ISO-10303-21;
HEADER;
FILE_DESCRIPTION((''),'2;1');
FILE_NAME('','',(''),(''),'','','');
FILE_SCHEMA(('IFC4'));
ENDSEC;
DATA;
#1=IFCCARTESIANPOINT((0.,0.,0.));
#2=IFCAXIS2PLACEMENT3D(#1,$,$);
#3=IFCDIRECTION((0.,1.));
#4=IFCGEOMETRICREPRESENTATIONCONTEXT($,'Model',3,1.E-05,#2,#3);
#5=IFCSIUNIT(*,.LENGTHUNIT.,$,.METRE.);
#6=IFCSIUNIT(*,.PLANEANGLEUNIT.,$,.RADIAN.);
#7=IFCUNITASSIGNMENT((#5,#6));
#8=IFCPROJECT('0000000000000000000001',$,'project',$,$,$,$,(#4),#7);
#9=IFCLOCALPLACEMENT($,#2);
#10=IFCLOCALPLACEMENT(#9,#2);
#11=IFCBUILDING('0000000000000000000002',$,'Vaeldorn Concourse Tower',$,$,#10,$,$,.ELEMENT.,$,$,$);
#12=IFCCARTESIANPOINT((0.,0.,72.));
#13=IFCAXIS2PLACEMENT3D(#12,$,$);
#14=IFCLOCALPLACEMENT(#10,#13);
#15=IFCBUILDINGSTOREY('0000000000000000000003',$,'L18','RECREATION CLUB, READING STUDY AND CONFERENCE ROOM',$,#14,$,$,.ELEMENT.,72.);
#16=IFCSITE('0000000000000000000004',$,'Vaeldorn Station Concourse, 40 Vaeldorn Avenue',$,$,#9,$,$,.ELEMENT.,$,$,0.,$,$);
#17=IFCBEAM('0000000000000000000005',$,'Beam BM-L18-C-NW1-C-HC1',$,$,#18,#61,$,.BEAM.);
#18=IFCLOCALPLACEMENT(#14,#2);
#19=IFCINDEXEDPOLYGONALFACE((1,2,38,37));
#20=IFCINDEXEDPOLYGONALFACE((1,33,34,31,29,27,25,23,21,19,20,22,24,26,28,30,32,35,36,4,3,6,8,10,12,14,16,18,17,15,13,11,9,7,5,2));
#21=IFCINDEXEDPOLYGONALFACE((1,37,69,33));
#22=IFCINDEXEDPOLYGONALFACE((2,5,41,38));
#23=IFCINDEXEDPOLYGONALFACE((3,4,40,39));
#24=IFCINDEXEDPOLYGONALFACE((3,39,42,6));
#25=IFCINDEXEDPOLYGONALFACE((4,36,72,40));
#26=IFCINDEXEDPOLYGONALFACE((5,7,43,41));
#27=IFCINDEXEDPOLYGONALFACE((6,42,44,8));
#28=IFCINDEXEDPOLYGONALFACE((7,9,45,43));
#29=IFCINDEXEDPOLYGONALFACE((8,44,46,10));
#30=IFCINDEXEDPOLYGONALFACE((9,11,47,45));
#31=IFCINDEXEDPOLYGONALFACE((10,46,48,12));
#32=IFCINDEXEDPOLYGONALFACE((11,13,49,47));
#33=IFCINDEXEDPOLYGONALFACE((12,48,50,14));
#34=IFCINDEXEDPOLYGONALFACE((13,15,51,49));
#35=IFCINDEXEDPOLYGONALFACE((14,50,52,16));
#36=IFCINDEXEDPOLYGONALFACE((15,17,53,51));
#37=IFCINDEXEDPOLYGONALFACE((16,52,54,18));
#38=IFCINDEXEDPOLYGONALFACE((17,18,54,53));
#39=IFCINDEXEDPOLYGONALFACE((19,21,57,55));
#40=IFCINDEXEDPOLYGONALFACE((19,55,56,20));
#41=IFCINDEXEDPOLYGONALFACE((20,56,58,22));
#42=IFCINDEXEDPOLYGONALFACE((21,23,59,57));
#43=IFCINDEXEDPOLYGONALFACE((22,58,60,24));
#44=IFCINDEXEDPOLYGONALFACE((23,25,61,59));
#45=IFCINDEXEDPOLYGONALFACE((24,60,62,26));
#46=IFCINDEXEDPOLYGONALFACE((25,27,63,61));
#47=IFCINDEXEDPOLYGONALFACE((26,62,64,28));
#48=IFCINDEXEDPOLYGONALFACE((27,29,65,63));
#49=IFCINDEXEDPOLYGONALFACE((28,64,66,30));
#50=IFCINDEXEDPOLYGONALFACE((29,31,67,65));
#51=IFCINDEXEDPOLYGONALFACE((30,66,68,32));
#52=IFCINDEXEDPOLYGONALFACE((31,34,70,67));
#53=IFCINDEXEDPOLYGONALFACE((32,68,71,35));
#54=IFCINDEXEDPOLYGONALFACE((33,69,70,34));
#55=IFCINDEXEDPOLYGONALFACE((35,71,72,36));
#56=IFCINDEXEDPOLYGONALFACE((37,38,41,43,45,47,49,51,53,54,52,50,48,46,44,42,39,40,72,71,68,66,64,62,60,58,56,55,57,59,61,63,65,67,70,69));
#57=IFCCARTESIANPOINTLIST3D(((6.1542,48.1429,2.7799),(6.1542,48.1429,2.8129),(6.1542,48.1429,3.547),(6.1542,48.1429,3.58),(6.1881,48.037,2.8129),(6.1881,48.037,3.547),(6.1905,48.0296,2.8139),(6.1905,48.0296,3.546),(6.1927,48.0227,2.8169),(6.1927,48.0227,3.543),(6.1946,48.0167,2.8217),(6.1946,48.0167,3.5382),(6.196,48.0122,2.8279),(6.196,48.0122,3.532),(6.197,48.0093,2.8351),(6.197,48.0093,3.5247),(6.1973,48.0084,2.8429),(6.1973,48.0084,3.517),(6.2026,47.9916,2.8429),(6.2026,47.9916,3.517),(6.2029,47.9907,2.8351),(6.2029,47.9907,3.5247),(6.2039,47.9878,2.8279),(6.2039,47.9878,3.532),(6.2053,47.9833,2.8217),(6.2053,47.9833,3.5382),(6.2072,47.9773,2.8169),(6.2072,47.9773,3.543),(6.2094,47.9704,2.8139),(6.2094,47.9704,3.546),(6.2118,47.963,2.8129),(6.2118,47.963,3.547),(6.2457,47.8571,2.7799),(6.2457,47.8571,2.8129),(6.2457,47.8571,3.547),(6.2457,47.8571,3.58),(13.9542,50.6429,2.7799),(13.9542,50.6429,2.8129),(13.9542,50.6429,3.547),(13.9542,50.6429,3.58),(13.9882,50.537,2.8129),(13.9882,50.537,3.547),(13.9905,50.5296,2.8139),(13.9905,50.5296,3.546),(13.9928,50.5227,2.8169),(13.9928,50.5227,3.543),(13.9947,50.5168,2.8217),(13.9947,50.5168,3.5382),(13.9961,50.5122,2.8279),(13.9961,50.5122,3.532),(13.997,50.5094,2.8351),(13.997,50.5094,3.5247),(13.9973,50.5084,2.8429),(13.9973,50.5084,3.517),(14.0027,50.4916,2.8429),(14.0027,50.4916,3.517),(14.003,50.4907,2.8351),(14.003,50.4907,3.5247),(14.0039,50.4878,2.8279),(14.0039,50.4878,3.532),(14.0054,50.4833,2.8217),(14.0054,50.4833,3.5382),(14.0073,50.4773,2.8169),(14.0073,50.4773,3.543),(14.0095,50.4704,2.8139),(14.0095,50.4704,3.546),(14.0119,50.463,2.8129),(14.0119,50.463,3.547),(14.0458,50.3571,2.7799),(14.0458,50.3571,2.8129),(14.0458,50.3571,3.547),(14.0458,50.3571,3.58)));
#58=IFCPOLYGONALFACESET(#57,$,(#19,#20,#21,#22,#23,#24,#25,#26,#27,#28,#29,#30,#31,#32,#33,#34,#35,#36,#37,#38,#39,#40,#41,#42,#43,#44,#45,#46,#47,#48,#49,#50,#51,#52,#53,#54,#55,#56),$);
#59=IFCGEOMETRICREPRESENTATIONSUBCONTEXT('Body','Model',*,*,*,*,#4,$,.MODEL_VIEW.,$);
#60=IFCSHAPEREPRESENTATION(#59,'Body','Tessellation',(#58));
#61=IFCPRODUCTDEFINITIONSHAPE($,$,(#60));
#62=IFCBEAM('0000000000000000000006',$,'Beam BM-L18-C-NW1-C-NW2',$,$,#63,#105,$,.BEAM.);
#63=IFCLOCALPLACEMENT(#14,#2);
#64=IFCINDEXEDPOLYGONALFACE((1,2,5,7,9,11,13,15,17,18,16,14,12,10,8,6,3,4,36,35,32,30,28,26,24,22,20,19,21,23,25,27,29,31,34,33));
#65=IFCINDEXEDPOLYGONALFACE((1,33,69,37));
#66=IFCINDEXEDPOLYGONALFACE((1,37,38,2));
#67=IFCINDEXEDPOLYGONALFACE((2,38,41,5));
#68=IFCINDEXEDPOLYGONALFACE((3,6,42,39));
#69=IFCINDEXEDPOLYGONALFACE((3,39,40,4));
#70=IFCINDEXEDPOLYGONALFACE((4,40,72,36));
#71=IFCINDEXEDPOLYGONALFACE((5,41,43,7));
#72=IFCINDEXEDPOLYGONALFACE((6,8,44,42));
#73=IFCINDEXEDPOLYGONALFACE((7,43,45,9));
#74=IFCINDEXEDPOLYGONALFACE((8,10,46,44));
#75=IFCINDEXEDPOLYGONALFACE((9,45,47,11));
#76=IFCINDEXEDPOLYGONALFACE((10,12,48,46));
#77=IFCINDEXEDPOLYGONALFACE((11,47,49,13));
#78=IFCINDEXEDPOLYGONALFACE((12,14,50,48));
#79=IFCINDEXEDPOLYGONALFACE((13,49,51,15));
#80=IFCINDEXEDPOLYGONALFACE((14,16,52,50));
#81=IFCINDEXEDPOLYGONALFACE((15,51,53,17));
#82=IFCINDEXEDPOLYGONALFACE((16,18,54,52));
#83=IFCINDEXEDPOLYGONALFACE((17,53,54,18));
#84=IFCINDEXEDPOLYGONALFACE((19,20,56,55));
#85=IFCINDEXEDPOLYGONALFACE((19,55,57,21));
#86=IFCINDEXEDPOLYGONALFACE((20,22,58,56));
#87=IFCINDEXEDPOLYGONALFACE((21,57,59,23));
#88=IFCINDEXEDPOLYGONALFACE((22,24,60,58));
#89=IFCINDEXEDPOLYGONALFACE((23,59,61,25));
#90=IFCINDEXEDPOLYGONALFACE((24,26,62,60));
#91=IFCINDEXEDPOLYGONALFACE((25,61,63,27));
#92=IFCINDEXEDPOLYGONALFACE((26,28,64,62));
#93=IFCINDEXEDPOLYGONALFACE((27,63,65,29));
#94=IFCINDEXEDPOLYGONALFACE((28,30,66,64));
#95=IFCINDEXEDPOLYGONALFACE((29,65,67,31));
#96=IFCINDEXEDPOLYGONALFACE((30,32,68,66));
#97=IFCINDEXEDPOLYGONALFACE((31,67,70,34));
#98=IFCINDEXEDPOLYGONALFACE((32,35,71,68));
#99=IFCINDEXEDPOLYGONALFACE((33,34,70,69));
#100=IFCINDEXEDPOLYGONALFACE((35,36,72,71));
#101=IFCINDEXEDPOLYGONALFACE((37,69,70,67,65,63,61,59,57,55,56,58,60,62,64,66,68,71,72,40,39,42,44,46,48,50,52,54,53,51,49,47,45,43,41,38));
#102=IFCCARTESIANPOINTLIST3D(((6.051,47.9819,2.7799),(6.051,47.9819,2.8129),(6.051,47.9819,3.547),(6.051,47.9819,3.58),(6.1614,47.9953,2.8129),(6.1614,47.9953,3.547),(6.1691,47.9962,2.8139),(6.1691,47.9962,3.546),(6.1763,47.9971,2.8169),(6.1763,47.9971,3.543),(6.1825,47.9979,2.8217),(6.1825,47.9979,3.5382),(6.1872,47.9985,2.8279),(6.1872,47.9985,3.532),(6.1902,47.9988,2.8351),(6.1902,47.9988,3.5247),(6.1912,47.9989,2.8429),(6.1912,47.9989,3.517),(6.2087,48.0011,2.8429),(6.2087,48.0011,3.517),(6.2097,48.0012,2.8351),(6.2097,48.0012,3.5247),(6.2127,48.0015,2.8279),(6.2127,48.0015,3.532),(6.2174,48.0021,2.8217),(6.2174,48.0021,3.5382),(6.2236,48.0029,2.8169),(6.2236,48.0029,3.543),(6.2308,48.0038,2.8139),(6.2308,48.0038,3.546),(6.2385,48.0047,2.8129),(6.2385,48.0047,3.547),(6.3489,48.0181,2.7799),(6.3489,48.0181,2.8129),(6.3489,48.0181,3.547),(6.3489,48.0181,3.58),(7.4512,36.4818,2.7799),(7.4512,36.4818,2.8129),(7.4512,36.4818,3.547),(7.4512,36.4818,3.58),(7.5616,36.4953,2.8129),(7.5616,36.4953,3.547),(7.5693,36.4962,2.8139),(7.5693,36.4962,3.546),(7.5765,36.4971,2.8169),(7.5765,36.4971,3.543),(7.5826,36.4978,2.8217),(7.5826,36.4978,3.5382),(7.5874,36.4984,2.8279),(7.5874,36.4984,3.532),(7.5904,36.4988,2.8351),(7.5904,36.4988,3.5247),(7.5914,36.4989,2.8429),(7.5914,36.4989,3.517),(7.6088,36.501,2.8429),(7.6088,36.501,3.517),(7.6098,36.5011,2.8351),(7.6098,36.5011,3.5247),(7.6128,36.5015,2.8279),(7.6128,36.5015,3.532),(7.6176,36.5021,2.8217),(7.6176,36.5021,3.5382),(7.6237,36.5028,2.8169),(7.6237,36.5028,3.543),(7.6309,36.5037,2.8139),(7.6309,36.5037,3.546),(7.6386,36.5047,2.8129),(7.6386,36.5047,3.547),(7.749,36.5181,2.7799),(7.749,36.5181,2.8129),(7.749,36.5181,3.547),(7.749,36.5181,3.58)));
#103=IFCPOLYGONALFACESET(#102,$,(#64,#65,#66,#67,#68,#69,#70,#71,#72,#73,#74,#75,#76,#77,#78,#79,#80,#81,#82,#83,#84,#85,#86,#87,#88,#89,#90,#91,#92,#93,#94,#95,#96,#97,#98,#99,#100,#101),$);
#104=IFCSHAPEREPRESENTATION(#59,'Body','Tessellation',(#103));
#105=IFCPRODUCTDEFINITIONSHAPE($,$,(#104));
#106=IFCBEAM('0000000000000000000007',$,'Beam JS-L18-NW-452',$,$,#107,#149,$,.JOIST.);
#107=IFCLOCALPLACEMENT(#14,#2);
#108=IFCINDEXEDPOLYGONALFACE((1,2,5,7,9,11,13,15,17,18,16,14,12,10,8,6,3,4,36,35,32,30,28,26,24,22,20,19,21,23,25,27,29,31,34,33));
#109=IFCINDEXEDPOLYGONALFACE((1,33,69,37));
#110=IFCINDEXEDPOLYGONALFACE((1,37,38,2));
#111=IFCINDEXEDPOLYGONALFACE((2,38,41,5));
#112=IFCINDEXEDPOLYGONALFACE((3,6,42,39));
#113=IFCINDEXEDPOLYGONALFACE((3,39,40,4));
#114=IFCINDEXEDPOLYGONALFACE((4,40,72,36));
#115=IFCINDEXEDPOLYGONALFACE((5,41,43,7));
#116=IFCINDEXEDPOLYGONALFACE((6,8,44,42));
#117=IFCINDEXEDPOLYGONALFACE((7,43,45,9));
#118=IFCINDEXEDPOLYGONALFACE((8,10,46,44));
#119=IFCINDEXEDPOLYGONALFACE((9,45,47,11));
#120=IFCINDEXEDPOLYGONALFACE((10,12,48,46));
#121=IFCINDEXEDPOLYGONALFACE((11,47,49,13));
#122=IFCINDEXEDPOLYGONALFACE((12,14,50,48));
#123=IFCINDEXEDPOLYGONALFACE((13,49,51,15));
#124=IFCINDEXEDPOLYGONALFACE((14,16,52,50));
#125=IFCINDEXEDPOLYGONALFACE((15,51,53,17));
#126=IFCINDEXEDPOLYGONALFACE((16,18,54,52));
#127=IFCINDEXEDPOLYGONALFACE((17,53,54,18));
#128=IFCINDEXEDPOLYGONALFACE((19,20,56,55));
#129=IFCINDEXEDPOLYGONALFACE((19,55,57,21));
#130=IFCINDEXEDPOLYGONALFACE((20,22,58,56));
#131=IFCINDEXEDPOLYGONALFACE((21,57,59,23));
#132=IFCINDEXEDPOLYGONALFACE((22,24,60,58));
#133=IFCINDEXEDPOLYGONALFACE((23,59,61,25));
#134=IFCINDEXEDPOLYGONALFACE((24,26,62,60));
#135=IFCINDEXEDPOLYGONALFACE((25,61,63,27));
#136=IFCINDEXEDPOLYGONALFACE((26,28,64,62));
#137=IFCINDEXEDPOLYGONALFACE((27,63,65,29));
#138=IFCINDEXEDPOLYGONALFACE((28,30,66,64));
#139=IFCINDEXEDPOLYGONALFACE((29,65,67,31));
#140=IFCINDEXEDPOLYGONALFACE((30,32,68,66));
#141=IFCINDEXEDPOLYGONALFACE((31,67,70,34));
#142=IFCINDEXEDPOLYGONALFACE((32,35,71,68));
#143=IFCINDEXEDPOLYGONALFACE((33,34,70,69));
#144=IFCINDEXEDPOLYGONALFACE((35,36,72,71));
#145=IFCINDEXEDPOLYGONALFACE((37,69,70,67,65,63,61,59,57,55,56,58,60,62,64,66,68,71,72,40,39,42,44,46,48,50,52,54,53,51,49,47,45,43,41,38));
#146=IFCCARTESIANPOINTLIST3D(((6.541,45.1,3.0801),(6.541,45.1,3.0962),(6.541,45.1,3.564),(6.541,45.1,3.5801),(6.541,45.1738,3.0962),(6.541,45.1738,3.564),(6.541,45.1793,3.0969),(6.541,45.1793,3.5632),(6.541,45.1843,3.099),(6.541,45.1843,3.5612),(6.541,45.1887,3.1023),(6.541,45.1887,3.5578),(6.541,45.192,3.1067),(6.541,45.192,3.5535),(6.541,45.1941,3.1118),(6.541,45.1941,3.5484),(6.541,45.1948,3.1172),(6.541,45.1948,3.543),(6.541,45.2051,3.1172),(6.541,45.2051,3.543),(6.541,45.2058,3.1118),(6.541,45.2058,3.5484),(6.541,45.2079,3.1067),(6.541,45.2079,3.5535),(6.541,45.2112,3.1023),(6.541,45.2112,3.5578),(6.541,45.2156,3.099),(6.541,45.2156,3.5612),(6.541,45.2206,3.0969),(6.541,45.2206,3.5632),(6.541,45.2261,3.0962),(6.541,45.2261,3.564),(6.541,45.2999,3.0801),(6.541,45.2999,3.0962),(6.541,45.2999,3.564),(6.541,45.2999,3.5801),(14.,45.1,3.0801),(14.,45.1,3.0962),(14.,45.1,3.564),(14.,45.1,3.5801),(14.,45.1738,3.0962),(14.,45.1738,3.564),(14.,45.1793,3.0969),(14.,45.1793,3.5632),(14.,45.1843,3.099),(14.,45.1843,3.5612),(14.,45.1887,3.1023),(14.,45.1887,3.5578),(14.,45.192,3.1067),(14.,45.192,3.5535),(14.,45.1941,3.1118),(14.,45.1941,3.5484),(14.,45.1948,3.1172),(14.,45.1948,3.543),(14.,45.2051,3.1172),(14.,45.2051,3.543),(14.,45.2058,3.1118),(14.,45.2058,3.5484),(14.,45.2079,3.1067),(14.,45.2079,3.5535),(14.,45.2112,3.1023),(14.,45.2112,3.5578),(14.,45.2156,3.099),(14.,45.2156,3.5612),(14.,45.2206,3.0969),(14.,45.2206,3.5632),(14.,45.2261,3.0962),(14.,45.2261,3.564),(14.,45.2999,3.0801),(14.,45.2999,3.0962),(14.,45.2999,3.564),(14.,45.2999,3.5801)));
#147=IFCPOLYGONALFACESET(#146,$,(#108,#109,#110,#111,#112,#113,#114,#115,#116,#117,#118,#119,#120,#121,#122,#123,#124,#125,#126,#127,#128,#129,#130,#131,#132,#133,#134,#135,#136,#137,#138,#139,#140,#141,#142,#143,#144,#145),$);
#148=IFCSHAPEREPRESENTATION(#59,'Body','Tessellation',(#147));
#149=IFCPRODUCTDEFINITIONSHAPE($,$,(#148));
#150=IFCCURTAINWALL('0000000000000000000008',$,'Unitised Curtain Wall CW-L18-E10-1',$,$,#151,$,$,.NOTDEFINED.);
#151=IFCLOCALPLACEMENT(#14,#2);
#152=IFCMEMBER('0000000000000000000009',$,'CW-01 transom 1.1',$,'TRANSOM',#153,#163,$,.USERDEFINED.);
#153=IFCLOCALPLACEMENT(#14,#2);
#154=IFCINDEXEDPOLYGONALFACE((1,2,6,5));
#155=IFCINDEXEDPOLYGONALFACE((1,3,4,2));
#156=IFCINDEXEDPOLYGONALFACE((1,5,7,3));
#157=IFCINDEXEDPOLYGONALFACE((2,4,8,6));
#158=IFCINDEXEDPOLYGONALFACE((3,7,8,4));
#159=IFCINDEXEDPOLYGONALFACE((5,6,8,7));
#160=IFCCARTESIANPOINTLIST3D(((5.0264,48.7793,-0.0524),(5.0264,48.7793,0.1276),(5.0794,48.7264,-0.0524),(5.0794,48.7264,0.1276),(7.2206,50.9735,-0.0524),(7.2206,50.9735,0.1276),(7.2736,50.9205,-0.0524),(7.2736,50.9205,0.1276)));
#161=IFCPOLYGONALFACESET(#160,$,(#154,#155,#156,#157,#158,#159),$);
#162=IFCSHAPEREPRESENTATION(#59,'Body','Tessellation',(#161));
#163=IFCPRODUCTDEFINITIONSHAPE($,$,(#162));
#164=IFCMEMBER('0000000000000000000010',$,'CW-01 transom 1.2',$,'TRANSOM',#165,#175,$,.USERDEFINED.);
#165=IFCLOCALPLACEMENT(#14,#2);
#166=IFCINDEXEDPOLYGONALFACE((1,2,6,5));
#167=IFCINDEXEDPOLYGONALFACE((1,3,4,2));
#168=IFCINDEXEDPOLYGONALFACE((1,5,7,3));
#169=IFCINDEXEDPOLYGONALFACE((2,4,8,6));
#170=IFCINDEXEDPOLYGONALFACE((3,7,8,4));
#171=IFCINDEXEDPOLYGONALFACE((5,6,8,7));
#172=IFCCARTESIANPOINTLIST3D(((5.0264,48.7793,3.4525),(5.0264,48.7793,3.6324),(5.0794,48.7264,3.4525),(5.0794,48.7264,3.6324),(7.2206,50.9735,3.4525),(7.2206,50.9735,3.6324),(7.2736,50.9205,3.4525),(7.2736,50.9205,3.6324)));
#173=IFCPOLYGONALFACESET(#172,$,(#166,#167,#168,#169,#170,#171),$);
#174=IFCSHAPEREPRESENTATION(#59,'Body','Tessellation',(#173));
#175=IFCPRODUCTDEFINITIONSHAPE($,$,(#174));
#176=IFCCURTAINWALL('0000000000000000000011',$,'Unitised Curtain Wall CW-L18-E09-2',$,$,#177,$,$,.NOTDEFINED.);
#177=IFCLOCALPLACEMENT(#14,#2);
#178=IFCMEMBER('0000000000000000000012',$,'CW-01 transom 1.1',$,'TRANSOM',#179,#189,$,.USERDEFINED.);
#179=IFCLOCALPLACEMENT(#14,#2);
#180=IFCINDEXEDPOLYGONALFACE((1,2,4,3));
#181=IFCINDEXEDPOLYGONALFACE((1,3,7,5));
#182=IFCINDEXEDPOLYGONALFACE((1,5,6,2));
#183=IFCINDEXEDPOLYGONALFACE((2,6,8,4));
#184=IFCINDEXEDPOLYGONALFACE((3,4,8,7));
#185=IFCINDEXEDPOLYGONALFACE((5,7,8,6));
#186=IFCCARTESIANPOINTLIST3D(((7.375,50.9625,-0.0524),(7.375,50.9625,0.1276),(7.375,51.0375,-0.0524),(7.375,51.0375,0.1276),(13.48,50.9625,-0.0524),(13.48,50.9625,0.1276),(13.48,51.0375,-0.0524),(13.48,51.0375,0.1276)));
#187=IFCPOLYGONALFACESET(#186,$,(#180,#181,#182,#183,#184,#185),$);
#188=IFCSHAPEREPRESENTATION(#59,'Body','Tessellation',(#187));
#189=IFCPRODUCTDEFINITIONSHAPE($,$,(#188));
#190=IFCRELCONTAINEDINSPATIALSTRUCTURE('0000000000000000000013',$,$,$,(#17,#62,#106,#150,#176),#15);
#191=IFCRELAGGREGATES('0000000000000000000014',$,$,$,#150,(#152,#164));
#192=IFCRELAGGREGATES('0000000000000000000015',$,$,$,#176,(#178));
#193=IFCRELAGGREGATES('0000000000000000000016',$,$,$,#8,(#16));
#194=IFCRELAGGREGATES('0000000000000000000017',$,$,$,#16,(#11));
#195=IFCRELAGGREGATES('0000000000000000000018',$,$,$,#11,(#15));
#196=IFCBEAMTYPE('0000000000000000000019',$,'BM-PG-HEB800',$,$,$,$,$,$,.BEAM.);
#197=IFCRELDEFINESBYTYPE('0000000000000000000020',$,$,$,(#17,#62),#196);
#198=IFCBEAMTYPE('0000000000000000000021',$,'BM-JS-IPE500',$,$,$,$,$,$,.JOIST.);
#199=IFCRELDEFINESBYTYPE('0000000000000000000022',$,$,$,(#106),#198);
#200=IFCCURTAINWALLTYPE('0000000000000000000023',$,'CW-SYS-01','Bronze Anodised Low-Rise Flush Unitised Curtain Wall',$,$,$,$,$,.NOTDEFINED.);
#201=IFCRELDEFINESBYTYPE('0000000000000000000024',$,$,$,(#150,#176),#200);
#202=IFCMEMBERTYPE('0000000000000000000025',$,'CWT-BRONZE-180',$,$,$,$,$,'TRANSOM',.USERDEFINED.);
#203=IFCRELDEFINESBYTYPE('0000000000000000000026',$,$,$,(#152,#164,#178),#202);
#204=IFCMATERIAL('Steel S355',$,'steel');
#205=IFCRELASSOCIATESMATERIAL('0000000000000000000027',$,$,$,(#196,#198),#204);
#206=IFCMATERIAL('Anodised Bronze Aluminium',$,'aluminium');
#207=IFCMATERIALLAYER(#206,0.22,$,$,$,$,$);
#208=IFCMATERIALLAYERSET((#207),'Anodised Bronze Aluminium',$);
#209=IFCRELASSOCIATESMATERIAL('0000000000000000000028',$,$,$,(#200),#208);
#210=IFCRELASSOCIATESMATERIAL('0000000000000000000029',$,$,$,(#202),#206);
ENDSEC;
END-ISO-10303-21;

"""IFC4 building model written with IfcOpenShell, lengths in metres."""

from ifc_helpers import new_model, si_unit, direction, frame, origin, origin_2d, place, context, subcontext, project, spatial, rectangle, i_section, extrude, source, transform, mapped, material, layer, layer_set, material_profile, profile_set, type_object, element, aggregate, save


model = new_model("IFC4")

# Units and contexts
model_context = context("Model", 3, precision=1e-05, world=origin(), true_north=direction((0.0, 1.0)))
body_context = subcontext(model_context, "Body", "Model", "MODEL_VIEW")
ifc_project = project(units=[si_unit("LENGTHUNIT", "METRE"), si_unit("PLANEANGLEUNIT", "RADIAN")], contexts=[model_context])

# Site, building, storey
site_placement = place(None, origin())
site = spatial("IfcSite", under=ifc_project, at=site_placement, Name="Vaeldorn Station Concourse, 40 Vaeldorn Avenue", CompositionType="ELEMENT", RefElevation=0.0)
building_placement = place(site_placement, origin())
building = spatial("IfcBuilding", under=site, at=building_placement, Name="Vaeldorn Concourse Tower", CompositionType="ELEMENT")
storey_placement = place(building_placement, frame((0.0, 0.0, 72.0)))
storey = spatial("IfcBuildingStorey", under=building, at=storey_placement, Name="L18", Description="RECREATION CLUB, READING STUDY AND CONFERENCE ROOM", CompositionType="ELEMENT", Elevation=72.0)

# Beams
ifc_material_1 = material(Name="Steel S355", Category="steel")
ifc_material_profile_1 = material_profile(ifc_material_1, i_section(OverallWidth=0.3, OverallDepth=0.8, WebThickness=0.0176, FlangeThickness=0.033, FilletRadius=0.03, at=origin_2d()), Name="HEB 800")
ifc_profile_set_1 = profile_set([ifc_material_profile_1], Name="Steel S355")
beam_type_1 = type_object("IfcBeamType", Name="BM-PG-HEB800", PredefinedType="BEAM", material=ifc_profile_set_1)
shared_shape_1 = source(origin(), body_context, "Body", "SweptSolid", [
    extrude(i_section(OverallWidth=0.3, OverallDepth=0.8, WebThickness=0.0176, FlangeThickness=0.033, FilletRadius=0.03, at=origin_2d()), origin(), (0.0, 0.0, 1.0), 8.1909),
])
beam_1_placement = place(storey_placement, frame((6.2, 48.0, 3.1799), z_axis=(0.952283, 0.305217, 0.0), x_axis=(-0.305217, 0.952283, 0.0)))
element("IfcBeam", 1, at=beam_1_placement, inside=storey, type_object=beam_type_1, Name="Beam BM-L18-C-NW1-C-HC1", PredefinedType="BEAM", context=body_context, shape_type="MappedRepresentation", body=[
    mapped(shared_shape_1, transform((0.0, 0.0, 0.0), scale=1.0)),
])
shared_shape_2 = source(origin(), body_context, "Body", "SweptSolid", [
    extrude(i_section(OverallWidth=0.3, OverallDepth=0.8, WebThickness=0.0176, FlangeThickness=0.033, FilletRadius=0.03, at=origin_2d()), origin(), (0.0, 0.0, 1.0), 11.585),
])
beam_2_placement = place(storey_placement, frame((6.2, 48.0, 3.1799), z_axis=(0.120859, -0.99267, 0.0), x_axis=(0.99267, 0.120859, 0.0)))
element("IfcBeam", 2, at=beam_2_placement, inside=storey, type_object=beam_type_1, Name="Beam BM-L18-C-NW1-C-NW2", PredefinedType="BEAM", context=body_context, shape_type="MappedRepresentation", body=[
    mapped(shared_shape_2, transform((0.0, 0.0, 0.0), scale=1.0)),
])
ifc_material_profile_2 = material_profile(ifc_material_1, i_section(OverallWidth=0.2, OverallDepth=0.5, WebThickness=0.0103, FlangeThickness=0.0161, FilletRadius=0.021, at=origin_2d()), Name="IPE 500")
ifc_profile_set_2 = profile_set([ifc_material_profile_2], Name="Steel S355")
beam_type_2 = type_object("IfcBeamType", Name="BM-JS-IPE500", PredefinedType="JOIST", material=ifc_profile_set_2)
shared_shape_3 = source(origin(), body_context, "Body", "SweptSolid", [
    extrude(i_section(OverallWidth=0.2, OverallDepth=0.5, WebThickness=0.0103, FlangeThickness=0.0161, FilletRadius=0.021, at=origin_2d()), origin(), (0.0, 0.0, 1.0), 7.459),
])
beam_3_placement = place(storey_placement, frame((6.541, 45.2, 3.3301), z_axis=(1.0, 0.0, 0.0), x_axis=(0.0, 1.0, 0.0)))
element("IfcBeam", 3, at=beam_3_placement, inside=storey, type_object=beam_type_2, Name="Beam JS-L18-NW-452", PredefinedType="JOIST", context=body_context, shape_type="MappedRepresentation", body=[
    mapped(shared_shape_3, transform((0.0, 0.0, 0.0), scale=1.0)),
])

# Curtain walls, members
ifc_material_2 = material(Name="Anodised Bronze Aluminium", Category="aluminium")
ifc_layer_1 = layer(ifc_material_2, 0.22)
ifc_layer_set_1 = layer_set([ifc_layer_1], Name="Anodised Bronze Aluminium")
curtain_wall_type = type_object("IfcCurtainWallType", Name="CW-SYS-01", Description="Bronze Anodised Low-Rise Flush Unitised Curtain Wall", PredefinedType="NOTDEFINED", material=ifc_layer_set_1)
curtain_wall_1_placement = place(storey_placement, origin())
curtain_wall_1 = element("IfcCurtainWall", 4, at=curtain_wall_1_placement, inside=storey, type_object=curtain_wall_type, Name="Unitised Curtain Wall CW-L18-E10-1", PredefinedType="NOTDEFINED")
ifc_material_profile_3 = material_profile(ifc_material_2, rectangle(XDim=0.075, YDim=0.1799, at=origin_2d()), Name="CWT 75x180")
ifc_profile_set_3 = profile_set([ifc_material_profile_3], Name="Anodised Bronze Aluminium")
member_type_1 = type_object("IfcMemberType", Name="CWT-BRONZE-180", ElementType="TRANSOM", PredefinedType="USERDEFINED", material=ifc_profile_set_3)
shared_shape_4 = source(origin(), body_context, "Body", "SweptSolid", [
    extrude(rectangle(XDim=0.075, YDim=0.1799, at=origin_2d()), origin(), (0.0, 0.0, 1.0), 3.103),
])
member_1_placement = place(storey_placement, frame((7.2471, 50.947, 0.0376), z_axis=(-0.707107, -0.707107, 0.0), x_axis=(0.707107, -0.707107, 0.0)))
member_1 = element("IfcMember", 5, at=member_1_placement, type_object=member_type_1, Name="CW-01 transom 1.1", ObjectType="TRANSOM", PredefinedType="USERDEFINED", context=body_context, shape_type="MappedRepresentation", body=[
    mapped(shared_shape_4, transform((0.0, 0.0, 0.0), scale=1.0)),
])
member_2_placement = place(storey_placement, frame((7.2471, 50.947, 3.5425), z_axis=(-0.707107, -0.707107, 0.0), x_axis=(0.707107, -0.707107, 0.0)))
member_2 = element("IfcMember", 6, at=member_2_placement, type_object=member_type_1, Name="CW-01 transom 1.2", ObjectType="TRANSOM", PredefinedType="USERDEFINED", context=body_context, shape_type="MappedRepresentation", body=[
    mapped(shared_shape_4, transform((0.0, 0.0, 0.0), scale=1.0)),
])
curtain_wall_2_placement = place(storey_placement, origin())
curtain_wall_2 = element("IfcCurtainWall", 7, at=curtain_wall_2_placement, inside=storey, type_object=curtain_wall_type, Name="Unitised Curtain Wall CW-L18-E09-2", PredefinedType="NOTDEFINED")
shared_shape_5 = source(origin(), body_context, "Body", "SweptSolid", [
    extrude(rectangle(XDim=0.075, YDim=0.1799, at=origin_2d()), origin(), (0.0, 0.0, 1.0), 6.105),
])
member_3_placement = place(storey_placement, frame((13.48, 51.0, 0.0376), z_axis=(-1.0, 0.0, 0.0), x_axis=(0.0, -1.0, 0.0)))
member_3 = element("IfcMember", 8, at=member_3_placement, type_object=member_type_1, Name="CW-01 transom 1.1", ObjectType="TRANSOM", PredefinedType="USERDEFINED", context=body_context, shape_type="MappedRepresentation", body=[
    mapped(shared_shape_5, transform((0.0, 0.0, 0.0), scale=1.0)),
])

aggregate(curtain_wall_1, [member_1, member_2])
aggregate(curtain_wall_2, [member_3])

save(model, "model.ifc")
